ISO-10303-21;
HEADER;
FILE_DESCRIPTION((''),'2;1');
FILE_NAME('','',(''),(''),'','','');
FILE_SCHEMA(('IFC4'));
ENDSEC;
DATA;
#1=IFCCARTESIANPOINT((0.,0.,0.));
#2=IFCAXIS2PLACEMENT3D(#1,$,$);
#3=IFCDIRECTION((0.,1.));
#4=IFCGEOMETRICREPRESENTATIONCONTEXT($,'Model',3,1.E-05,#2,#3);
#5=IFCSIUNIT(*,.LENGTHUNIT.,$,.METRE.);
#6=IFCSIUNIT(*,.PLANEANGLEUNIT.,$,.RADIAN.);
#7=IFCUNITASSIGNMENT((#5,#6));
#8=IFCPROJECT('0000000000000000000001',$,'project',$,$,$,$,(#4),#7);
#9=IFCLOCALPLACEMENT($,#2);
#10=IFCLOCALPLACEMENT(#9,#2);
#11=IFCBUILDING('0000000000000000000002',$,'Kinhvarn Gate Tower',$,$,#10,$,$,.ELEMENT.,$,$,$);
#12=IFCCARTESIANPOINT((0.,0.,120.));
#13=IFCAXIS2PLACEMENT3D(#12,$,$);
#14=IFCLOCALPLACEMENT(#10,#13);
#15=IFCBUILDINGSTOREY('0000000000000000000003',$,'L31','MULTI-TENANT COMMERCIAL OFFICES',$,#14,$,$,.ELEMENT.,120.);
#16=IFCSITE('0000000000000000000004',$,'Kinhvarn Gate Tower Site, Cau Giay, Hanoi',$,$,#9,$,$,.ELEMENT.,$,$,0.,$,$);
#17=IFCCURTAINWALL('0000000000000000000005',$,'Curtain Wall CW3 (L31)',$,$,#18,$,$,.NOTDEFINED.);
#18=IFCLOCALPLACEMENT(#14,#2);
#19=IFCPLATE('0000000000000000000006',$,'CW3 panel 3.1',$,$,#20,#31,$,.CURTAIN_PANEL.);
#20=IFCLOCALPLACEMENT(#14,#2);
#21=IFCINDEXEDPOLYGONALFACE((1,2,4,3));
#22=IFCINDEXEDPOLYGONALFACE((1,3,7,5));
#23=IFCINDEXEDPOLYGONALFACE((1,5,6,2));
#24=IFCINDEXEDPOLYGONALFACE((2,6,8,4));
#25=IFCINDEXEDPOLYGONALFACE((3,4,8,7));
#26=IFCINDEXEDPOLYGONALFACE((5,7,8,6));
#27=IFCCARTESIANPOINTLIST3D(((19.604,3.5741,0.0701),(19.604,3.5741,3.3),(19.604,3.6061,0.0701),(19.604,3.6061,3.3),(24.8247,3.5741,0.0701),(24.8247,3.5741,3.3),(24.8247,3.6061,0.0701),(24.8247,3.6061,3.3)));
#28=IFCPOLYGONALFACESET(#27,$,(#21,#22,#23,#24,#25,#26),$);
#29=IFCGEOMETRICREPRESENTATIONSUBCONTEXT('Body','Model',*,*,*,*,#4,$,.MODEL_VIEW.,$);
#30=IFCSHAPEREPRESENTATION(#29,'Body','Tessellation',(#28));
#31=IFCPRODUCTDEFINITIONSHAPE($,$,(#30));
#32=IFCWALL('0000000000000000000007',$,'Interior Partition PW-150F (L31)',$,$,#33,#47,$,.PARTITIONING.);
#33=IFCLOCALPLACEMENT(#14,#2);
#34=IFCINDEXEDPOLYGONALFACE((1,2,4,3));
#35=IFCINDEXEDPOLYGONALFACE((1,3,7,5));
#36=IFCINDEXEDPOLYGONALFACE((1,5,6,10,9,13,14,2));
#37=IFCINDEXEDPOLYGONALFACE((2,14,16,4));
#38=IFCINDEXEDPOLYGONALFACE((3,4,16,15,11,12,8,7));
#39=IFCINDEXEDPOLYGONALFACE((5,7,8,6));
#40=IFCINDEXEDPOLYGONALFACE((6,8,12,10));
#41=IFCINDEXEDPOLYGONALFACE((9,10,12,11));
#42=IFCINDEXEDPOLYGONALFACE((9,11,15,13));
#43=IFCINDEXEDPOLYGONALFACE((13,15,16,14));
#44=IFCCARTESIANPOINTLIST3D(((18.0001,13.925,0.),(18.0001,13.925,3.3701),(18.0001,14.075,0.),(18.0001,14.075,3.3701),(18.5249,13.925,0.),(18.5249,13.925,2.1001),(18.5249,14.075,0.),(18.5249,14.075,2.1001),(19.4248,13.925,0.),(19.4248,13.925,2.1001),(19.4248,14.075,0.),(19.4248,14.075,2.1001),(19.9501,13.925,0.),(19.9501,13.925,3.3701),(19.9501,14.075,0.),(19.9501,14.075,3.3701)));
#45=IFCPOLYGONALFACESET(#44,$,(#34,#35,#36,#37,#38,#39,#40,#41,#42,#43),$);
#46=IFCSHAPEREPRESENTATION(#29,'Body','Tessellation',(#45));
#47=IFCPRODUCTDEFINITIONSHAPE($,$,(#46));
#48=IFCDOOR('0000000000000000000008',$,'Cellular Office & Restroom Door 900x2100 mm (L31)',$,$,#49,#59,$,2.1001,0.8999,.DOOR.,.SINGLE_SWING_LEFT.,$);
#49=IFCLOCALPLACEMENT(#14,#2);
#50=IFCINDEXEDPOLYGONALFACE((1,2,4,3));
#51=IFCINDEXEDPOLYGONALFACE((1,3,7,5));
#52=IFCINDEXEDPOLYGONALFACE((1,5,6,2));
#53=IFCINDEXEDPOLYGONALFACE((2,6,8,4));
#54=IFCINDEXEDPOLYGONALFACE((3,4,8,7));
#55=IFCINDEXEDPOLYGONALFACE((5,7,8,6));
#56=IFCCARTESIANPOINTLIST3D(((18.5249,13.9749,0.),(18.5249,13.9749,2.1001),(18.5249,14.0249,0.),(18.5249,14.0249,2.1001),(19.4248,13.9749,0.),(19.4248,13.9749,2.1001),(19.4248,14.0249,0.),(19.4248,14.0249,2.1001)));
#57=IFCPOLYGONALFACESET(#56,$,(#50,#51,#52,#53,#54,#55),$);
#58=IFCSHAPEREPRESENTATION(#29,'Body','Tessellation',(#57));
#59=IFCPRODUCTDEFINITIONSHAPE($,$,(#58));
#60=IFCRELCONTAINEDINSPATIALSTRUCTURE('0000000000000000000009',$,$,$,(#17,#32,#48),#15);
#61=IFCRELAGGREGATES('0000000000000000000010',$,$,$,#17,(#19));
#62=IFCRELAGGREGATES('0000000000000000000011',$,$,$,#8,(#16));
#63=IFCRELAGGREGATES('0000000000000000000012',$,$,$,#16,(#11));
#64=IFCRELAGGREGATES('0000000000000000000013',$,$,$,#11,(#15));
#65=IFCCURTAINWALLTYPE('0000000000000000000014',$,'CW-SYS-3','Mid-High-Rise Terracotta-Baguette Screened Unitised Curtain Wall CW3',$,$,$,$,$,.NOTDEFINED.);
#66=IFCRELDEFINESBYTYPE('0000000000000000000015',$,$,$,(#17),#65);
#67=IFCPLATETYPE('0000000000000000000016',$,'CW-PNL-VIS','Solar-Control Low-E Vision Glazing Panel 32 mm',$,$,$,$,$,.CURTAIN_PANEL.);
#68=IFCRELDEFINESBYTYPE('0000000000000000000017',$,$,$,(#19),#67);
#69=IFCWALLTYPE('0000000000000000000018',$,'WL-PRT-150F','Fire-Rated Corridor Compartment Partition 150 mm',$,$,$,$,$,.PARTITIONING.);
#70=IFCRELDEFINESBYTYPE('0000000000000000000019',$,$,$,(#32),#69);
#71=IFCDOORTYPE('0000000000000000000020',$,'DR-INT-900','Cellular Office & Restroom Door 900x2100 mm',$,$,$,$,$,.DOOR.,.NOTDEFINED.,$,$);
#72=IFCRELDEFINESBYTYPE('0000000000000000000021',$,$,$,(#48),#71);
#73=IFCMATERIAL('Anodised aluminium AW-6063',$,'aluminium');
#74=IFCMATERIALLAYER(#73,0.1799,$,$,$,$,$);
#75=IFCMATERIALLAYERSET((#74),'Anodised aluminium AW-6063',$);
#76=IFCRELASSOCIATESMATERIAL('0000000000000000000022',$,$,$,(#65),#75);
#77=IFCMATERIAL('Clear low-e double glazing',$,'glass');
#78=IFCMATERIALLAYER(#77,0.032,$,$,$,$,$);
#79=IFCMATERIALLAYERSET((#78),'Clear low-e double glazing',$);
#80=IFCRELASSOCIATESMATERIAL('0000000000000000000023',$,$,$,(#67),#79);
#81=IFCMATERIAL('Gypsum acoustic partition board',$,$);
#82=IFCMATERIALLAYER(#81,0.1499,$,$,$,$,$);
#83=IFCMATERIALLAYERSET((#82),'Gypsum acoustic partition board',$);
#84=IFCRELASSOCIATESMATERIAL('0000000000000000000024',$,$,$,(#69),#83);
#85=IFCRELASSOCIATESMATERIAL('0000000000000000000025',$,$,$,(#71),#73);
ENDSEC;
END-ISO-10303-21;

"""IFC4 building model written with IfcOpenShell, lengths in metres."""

from ifc_helpers import new_model, si_unit, direction, frame, frame_2d, origin, origin_2d, place, context, subcontext, project, spatial, rectangle, extrude, material, layer, layer_set, type_object, element, fill, aggregate, save


model = new_model("IFC4")

# Units and contexts
model_context = context("Model", 3, precision=1e-05, world=origin(), true_north=direction((0.0, 1.0)))
body_context = subcontext(model_context, "Body", "Model", "MODEL_VIEW")
ifc_project = project(units=[si_unit("LENGTHUNIT", "METRE"), si_unit("PLANEANGLEUNIT", "RADIAN")], contexts=[model_context])

# Site, building, storey
site_placement = place(None, origin())
site = spatial("IfcSite", under=ifc_project, at=site_placement, Name="Kinhvarn Gate Tower Site, Cau Giay, Hanoi", CompositionType="ELEMENT", RefElevation=0.0)
building_placement = place(site_placement, origin())
building = spatial("IfcBuilding", under=site, at=building_placement, Name="Kinhvarn Gate Tower", CompositionType="ELEMENT")
storey_placement = place(building_placement, frame((0.0, 0.0, 120.0)))
storey = spatial("IfcBuildingStorey", under=building, at=storey_placement, Name="L31", Description="MULTI-TENANT COMMERCIAL OFFICES", CompositionType="ELEMENT", Elevation=120.0)

# Curtain wall
ifc_material_1 = material(Name="Anodised aluminium AW-6063", Category="aluminium")
ifc_layer_1 = layer(ifc_material_1, 0.1799)
ifc_layer_set_1 = layer_set([ifc_layer_1], Name="Anodised aluminium AW-6063")
curtain_wall_type = type_object("IfcCurtainWallType", Name="CW-SYS-3", Description="Mid-High-Rise Terracotta-Baguette Screened Unitised Curtain Wall CW3", PredefinedType="NOTDEFINED", material=ifc_layer_set_1)
curtain_wall_placement = place(storey_placement, origin())
curtain_wall = element("IfcCurtainWall", 1, at=curtain_wall_placement, inside=storey, type_object=curtain_wall_type, Name="Curtain Wall CW3 (L31)", PredefinedType="NOTDEFINED")

# Plate
ifc_material_2 = material(Name="Clear low-e double glazing", Category="glass")
ifc_layer_2 = layer(ifc_material_2, 0.032)
ifc_layer_set_2 = layer_set([ifc_layer_2], Name="Clear low-e double glazing")
plate_type = type_object("IfcPlateType", Name="CW-PNL-VIS", Description="Solar-Control Low-E Vision Glazing Panel 32 mm", PredefinedType="CURTAIN_PANEL", material=ifc_layer_set_2)
plate_1_placement = place(storey_placement, frame((22.2144, 3.5901, 0.0701), z_axis=(0.0, 0.0, 1.0), x_axis=(1.0, 0.0, 0.0)))
plate_1 = element("IfcPlate", 2, at=plate_1_placement, type_object=plate_type, Name="CW3 panel 3.1", PredefinedType="CURTAIN_PANEL", context=body_context, shape_type="SweptSolid", body=[
    extrude(rectangle(XDim=5.2207, YDim=0.032, at=origin_2d()), origin(), (0.0, 0.0, 1.0), 3.23),
])
aggregate(curtain_wall, [plate_1])

# Wall, opening, door
ifc_material_3 = material(Name="Gypsum acoustic partition board")
ifc_layer_3 = layer(ifc_material_3, 0.1499)
ifc_layer_set_3 = layer_set([ifc_layer_3], Name="Gypsum acoustic partition board")
wall_type = type_object("IfcWallType", Name="WL-PRT-150F", Description="Fire-Rated Corridor Compartment Partition 150 mm", PredefinedType="PARTITIONING", material=ifc_layer_set_3)
wall_placement = place(storey_placement, frame((18.0, 14.0, 0.0), z_axis=(0.0, 0.0, 1.0), x_axis=(1.0, 0.0, 0.0)))
wall = element("IfcWall", 3, at=wall_placement, inside=storey, type_object=wall_type, Name="Interior Partition PW-150F (L31)", PredefinedType="PARTITIONING", context=body_context, shape_type="SweptSolid", body=[
    extrude(rectangle(XDim=1.95, YDim=0.1499, at=frame_2d((0.9751, 0.0))), origin(), (0.0, 0.0, 1.0), 3.3701),
])
opening_placement = place(wall_placement, frame((0.5249, 0.0, 0.0)))
opening = element("IfcOpeningElement", 4, at=opening_placement, cuts=wall, PredefinedType="OPENING", context=body_context, shape_type="SweptSolid", body=[
    extrude(rectangle(XDim=0.8999, YDim=2.1001, at=frame_2d((0.45, 1.05))), frame((0.0, 0.085, 0.0), z_axis=(0.0, -1.0, 0.0), x_axis=(1.0, 0.0, 0.0)), (0.0, 0.0, 1.0), 0.1699),
])
door_type = type_object("IfcDoorType", Name="DR-INT-900", Description="Cellular Office & Restroom Door 900x2100 mm", OperationType="NOTDEFINED", PredefinedType="DOOR", material=ifc_material_1)
door_placement = place(opening_placement, origin())
door = element("IfcDoor", 5, at=door_placement, inside=storey, type_object=door_type, Name="Cellular Office & Restroom Door 900x2100 mm (L31)", OperationType="SINGLE_SWING_LEFT", OverallHeight=2.1001, OverallWidth=0.8999, PredefinedType="DOOR", context=body_context, shape_type="SweptSolid", body=[
    extrude(rectangle(XDim=0.8999, YDim=2.1001, at=frame_2d((0.45, 1.05))), frame((0.0, 0.0249, 0.0), z_axis=(0.0, -1.0, 0.0), x_axis=(1.0, 0.0, 0.0)), (0.0, 0.0, 1.0), 0.05),
])
fill(opening, door)

save(model, "model.ifc")
